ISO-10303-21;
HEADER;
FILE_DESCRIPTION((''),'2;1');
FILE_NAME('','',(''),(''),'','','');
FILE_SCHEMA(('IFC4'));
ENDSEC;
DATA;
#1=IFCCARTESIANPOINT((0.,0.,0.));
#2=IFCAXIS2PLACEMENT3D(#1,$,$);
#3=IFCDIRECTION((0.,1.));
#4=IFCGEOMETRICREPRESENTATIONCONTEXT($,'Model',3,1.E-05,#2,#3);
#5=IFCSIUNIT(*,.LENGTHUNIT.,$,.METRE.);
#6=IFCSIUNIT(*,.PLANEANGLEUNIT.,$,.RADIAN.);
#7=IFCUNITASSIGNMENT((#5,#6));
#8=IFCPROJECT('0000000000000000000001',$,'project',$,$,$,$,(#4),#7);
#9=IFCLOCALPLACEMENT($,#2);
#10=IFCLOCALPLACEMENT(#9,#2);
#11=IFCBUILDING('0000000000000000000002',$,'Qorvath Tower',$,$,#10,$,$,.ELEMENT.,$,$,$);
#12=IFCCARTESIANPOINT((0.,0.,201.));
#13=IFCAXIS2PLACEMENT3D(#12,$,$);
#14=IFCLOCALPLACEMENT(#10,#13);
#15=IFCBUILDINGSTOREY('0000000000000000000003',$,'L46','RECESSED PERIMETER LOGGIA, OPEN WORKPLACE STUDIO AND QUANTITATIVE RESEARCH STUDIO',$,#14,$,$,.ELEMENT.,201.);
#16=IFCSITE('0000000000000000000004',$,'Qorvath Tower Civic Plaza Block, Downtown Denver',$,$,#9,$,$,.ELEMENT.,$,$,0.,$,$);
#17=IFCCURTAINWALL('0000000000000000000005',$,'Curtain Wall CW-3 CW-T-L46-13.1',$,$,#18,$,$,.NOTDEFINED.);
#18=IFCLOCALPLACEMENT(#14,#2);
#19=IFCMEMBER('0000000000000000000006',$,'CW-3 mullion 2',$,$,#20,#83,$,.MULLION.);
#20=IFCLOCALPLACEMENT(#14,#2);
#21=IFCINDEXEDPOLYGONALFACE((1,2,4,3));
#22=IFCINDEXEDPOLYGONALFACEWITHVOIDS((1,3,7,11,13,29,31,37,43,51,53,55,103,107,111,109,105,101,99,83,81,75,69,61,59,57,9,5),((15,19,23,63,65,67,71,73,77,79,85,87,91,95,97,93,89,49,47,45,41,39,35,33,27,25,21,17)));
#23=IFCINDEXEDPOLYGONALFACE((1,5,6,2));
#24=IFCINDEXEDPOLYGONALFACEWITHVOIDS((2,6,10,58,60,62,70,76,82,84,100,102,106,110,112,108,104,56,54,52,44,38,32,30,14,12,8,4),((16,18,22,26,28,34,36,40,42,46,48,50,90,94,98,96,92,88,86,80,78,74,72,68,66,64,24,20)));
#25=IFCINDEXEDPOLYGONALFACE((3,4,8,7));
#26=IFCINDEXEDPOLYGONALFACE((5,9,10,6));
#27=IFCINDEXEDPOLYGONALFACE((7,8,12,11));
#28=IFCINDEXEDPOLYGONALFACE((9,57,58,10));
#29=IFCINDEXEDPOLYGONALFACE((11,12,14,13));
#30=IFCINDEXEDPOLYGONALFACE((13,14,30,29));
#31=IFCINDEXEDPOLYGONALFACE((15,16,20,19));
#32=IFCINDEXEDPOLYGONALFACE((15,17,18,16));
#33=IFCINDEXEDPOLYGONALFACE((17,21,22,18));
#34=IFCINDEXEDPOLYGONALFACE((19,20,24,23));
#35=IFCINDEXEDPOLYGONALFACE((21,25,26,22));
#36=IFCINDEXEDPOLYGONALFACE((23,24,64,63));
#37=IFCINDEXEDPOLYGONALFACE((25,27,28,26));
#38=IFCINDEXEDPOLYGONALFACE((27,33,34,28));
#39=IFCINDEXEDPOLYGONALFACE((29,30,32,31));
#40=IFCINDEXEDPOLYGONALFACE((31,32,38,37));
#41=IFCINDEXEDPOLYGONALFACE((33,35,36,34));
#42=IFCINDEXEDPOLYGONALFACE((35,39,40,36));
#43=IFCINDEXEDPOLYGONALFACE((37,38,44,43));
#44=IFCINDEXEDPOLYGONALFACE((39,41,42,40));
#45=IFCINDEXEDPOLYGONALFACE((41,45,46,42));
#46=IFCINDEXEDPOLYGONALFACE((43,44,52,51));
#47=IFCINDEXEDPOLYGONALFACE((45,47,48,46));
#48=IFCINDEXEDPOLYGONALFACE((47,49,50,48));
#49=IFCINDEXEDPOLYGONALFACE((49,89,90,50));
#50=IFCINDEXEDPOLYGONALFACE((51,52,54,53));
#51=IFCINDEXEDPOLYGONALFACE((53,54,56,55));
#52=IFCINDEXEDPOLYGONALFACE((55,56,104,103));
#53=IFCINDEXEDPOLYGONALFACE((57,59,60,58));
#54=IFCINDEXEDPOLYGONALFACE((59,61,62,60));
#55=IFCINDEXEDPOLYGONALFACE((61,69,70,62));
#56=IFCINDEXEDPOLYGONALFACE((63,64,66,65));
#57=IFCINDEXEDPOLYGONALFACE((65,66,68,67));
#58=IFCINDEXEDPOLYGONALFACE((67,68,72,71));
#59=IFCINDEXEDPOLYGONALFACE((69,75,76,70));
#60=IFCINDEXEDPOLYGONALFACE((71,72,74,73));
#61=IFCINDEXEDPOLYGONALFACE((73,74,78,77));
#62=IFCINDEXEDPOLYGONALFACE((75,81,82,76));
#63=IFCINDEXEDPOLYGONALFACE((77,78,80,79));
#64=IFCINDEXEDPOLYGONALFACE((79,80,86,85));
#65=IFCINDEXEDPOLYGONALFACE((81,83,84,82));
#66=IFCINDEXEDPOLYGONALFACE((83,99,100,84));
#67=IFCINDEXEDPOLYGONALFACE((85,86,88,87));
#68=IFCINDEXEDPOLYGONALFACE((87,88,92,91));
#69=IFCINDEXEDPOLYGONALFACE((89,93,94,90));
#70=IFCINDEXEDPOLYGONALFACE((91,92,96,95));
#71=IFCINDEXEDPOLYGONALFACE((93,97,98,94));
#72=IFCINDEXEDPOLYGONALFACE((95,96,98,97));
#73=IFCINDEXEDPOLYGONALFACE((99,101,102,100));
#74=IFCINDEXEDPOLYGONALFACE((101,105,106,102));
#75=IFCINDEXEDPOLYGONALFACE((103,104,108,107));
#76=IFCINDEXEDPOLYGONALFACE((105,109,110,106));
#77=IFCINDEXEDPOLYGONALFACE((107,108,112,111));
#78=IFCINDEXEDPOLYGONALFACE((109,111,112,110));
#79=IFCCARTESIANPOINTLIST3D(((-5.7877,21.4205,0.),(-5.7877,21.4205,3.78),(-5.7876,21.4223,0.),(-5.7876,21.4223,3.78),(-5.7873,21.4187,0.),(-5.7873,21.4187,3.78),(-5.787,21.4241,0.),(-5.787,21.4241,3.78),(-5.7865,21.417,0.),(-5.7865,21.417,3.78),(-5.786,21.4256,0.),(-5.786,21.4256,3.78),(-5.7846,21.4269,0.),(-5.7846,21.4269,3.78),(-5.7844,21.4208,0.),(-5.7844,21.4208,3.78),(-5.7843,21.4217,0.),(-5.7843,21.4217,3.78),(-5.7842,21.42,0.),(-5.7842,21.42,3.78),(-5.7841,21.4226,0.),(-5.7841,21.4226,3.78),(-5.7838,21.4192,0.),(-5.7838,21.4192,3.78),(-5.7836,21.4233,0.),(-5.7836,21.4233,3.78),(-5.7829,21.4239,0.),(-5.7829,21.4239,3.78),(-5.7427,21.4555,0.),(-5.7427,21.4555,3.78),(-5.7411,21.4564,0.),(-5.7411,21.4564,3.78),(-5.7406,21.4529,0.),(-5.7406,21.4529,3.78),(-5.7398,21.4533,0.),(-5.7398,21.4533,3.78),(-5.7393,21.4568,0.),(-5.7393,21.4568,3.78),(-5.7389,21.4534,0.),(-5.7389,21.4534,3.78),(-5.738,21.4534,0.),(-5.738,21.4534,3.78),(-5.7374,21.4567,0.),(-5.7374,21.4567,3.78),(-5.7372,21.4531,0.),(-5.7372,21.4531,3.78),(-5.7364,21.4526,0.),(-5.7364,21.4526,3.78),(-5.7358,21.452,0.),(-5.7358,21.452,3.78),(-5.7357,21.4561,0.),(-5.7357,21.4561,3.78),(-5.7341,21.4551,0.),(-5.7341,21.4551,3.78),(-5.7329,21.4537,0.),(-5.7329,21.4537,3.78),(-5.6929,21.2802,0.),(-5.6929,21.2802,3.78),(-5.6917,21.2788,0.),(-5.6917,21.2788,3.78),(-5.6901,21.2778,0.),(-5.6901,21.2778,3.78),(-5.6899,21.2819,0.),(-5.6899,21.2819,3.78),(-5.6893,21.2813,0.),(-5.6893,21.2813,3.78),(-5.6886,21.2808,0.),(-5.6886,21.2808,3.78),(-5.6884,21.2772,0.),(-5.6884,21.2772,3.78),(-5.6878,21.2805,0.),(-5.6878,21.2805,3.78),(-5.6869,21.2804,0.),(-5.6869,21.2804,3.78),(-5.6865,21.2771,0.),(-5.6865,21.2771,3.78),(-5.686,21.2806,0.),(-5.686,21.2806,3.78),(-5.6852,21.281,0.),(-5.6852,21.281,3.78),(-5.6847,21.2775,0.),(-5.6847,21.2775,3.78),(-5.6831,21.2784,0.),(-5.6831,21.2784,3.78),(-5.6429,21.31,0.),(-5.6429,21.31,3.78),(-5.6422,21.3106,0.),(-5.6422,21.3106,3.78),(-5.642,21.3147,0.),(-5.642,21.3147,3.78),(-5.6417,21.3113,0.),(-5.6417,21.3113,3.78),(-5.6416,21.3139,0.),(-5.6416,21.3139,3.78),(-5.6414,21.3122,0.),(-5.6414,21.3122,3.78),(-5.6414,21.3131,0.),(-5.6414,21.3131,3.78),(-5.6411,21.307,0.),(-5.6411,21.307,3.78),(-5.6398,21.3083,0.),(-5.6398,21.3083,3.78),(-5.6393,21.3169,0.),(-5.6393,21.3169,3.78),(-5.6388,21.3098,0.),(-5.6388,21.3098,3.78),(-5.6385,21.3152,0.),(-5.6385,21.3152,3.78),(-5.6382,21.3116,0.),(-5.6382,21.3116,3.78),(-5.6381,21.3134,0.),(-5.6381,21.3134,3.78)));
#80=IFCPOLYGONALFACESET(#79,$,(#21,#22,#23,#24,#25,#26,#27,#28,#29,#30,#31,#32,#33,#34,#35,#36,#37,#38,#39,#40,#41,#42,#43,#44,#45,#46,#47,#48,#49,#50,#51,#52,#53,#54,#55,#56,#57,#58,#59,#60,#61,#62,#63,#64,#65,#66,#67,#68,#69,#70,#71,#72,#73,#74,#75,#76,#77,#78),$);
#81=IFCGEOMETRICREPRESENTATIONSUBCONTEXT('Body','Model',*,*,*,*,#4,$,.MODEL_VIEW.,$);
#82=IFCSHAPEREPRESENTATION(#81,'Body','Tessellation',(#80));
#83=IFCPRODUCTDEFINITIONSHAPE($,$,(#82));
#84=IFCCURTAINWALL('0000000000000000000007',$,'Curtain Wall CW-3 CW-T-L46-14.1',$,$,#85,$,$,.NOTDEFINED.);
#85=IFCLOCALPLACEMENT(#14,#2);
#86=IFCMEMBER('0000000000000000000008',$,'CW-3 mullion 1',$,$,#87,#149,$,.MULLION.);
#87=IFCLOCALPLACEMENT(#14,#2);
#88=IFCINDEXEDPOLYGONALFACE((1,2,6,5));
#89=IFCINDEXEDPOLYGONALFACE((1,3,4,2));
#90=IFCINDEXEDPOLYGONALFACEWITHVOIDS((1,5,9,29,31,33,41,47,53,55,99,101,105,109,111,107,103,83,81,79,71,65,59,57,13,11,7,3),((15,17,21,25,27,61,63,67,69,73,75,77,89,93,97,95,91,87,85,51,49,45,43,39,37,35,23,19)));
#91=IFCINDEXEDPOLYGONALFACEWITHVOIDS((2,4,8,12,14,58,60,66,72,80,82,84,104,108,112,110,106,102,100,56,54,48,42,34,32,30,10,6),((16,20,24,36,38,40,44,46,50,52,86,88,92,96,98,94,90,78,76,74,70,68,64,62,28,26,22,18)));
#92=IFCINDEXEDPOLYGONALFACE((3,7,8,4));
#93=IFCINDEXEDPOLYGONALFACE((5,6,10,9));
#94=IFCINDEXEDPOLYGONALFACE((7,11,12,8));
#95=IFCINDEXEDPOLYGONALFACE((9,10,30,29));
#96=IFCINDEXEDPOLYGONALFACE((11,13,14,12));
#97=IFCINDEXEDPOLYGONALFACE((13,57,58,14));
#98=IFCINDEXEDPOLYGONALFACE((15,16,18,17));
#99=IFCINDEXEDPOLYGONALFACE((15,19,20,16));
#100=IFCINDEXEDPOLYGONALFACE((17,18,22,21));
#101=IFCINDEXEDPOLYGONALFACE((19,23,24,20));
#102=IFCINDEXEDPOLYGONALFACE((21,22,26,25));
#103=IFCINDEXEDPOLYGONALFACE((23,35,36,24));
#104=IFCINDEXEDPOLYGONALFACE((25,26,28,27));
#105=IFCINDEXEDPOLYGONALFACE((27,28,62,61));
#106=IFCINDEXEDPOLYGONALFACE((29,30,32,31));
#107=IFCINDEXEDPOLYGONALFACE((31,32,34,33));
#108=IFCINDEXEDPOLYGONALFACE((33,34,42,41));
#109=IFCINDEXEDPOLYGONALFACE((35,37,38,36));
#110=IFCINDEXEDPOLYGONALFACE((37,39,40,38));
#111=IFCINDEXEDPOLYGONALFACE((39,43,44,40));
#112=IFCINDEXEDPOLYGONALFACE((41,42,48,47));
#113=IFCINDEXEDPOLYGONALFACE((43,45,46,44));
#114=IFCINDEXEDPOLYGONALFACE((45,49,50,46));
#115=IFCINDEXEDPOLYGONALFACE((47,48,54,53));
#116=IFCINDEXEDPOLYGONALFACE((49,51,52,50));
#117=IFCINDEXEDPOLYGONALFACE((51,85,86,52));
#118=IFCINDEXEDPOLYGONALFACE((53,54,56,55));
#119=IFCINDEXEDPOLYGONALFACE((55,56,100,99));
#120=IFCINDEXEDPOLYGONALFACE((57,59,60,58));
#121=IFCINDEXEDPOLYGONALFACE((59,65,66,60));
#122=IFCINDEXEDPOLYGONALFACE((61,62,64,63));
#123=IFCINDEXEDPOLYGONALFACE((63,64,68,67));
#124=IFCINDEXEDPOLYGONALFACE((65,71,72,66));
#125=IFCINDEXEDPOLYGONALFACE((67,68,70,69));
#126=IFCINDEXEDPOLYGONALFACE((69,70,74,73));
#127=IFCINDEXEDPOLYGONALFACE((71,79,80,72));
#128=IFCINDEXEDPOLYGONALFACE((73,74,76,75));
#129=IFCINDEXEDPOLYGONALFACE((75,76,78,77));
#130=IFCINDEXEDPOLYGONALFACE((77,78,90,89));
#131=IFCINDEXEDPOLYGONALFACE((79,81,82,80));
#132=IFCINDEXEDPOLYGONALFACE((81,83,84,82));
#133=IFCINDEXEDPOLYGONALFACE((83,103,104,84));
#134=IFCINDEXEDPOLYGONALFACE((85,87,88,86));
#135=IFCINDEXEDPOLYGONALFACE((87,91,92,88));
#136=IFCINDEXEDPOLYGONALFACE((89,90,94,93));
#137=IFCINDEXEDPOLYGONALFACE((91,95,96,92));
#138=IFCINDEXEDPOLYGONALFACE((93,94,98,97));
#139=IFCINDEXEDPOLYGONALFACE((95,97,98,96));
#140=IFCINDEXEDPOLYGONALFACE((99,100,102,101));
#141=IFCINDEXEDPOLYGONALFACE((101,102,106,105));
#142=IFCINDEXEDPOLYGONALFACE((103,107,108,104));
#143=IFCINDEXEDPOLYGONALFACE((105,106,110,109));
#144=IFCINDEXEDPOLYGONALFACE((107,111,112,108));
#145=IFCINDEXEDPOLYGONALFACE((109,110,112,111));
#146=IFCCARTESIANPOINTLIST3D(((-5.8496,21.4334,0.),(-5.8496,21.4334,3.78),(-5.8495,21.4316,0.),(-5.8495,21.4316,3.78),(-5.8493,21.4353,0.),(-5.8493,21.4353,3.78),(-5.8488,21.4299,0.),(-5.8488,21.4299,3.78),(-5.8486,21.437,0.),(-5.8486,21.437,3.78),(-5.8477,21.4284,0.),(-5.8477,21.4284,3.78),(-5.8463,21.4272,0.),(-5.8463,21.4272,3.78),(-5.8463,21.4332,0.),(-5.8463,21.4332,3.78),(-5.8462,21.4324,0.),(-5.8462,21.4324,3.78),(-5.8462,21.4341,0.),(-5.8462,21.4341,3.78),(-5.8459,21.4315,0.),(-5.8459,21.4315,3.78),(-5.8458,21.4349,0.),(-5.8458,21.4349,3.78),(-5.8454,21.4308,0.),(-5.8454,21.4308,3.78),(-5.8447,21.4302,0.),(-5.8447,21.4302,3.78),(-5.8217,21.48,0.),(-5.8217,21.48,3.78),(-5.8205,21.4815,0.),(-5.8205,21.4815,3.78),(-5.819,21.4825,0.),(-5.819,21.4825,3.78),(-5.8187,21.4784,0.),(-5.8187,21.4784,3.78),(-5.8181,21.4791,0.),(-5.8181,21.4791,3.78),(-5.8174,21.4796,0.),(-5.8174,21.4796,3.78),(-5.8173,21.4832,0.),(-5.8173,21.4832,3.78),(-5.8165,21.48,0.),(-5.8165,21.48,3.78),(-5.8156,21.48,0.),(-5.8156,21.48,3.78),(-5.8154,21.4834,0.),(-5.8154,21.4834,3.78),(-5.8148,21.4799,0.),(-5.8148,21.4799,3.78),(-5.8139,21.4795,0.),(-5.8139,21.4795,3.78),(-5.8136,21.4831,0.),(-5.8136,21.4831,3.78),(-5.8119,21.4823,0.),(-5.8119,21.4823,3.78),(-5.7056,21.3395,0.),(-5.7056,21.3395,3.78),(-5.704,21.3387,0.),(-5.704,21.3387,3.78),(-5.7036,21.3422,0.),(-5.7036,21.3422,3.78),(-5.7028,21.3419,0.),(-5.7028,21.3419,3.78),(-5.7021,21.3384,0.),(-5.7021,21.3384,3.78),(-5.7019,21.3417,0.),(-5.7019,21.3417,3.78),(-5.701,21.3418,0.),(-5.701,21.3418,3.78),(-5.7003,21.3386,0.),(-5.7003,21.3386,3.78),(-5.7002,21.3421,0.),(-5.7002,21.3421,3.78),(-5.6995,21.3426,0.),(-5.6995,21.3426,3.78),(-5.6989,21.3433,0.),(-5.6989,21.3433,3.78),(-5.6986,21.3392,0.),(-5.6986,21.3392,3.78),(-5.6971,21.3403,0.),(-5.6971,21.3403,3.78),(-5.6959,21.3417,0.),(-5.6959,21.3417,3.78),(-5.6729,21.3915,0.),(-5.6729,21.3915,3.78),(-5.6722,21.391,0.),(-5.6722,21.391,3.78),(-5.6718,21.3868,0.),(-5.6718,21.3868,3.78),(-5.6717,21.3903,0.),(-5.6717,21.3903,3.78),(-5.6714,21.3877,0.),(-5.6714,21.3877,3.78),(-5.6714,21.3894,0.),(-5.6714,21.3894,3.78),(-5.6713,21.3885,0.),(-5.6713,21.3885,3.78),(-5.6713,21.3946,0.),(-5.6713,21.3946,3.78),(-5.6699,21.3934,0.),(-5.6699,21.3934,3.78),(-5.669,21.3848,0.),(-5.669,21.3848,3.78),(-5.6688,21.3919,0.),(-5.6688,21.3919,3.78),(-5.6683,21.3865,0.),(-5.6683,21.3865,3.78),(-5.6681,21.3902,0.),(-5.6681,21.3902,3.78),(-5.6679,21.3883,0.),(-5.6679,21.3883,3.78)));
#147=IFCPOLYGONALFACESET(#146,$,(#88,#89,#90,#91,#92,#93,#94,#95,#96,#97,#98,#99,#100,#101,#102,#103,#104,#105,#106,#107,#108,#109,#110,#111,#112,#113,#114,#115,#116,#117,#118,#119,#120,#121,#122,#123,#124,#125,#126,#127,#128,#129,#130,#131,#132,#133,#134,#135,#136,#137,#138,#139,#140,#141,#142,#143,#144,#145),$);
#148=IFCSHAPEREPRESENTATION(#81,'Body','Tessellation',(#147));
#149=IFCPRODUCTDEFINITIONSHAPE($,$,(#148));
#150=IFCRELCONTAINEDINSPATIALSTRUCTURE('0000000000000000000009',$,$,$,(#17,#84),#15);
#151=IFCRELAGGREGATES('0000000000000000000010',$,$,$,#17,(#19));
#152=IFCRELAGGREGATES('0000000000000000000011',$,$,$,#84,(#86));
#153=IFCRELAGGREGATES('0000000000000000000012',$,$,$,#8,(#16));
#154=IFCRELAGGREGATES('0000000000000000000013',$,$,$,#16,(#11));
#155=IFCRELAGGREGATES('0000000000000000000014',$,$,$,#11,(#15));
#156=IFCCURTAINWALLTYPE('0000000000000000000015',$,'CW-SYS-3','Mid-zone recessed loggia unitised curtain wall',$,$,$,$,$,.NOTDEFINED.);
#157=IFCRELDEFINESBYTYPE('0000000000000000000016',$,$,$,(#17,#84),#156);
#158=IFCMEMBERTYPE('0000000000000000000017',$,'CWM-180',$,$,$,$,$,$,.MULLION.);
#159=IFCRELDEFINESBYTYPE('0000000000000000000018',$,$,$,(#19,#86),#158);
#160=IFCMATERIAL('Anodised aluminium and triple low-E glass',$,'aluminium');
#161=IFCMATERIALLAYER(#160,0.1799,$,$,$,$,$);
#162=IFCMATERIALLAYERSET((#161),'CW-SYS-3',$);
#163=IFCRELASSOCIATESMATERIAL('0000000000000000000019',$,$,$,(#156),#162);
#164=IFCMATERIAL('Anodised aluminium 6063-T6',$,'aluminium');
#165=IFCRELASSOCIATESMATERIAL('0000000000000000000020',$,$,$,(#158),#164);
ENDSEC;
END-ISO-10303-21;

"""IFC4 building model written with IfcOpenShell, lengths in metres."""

from ifc_helpers import new_model, si_unit, direction, frame, origin, origin_2d, place, context, subcontext, project, spatial, hollow_rectangle, extrude, material, layer, layer_set, material_profile, profile_set, type_object, element, aggregate, save


model = new_model("IFC4")

# Units and contexts
model_context = context("Model", 3, precision=1e-05, world=origin(), true_north=direction((0.0, 1.0)))
body_context = subcontext(model_context, "Body", "Model", "MODEL_VIEW")
ifc_project = project(units=[si_unit("LENGTHUNIT", "METRE"), si_unit("PLANEANGLEUNIT", "RADIAN")], contexts=[model_context])

# Site, building, storey
site_placement = place(None, origin())
site = spatial("IfcSite", under=ifc_project, at=site_placement, Name="Qorvath Tower Civic Plaza Block, Downtown Denver", CompositionType="ELEMENT", RefElevation=0.0)
building_placement = place(site_placement, origin())
building = spatial("IfcBuilding", under=site, at=building_placement, Name="Qorvath Tower", CompositionType="ELEMENT")
storey_placement = place(building_placement, frame((0.0, 0.0, 201.0)))
storey = spatial("IfcBuildingStorey", under=building, at=storey_placement, Name="L46", Description="RECESSED PERIMETER LOGGIA, OPEN WORKPLACE STUDIO AND QUANTITATIVE RESEARCH STUDIO", CompositionType="ELEMENT", Elevation=201.0)

# Shared definitions
ifc_material_1 = material(Name="Anodised aluminium and triple low-E glass", Category="aluminium")
ifc_layer_1 = layer(ifc_material_1, 0.1799)
ifc_layer_set_1 = layer_set([ifc_layer_1], Name="CW-SYS-3")
curtain_wall_type = type_object("IfcCurtainWallType", Name="CW-SYS-3", Description="Mid-zone recessed loggia unitised curtain wall", PredefinedType="NOTDEFINED", material=ifc_layer_set_1)
ifc_material_2 = material(Name="Anodised aluminium 6063-T6", Category="aluminium")
ifc_material_profile_1 = material_profile(ifc_material_2, hollow_rectangle(XDim=0.0649, YDim=0.1799, WallThickness=0.0034, InnerFilletRadius=0.0034, OuterFilletRadius=0.0071, at=origin_2d()), Name="CWM 180x65")
ifc_profile_set_1 = profile_set([ifc_material_profile_1], Name="Anodised aluminium 6063-T6")
member_type_1 = type_object("IfcMemberType", Name="CWM-180", PredefinedType="MULLION", material=ifc_profile_set_1)

# Curtain walls, members
curtain_wall_1_placement = place(storey_placement, origin())
curtain_wall_1 = element("IfcCurtainWall", 1, at=curtain_wall_1_placement, inside=storey, type_object=curtain_wall_type, Name="Curtain Wall CW-3 CW-T-L46-13.1", PredefinedType="NOTDEFINED")
member_1_placement = place(storey_placement, frame((-5.7129, 21.3669, 0.0), z_axis=(0.0, 0.0, 1.0), x_axis=(-0.825425, -0.564512, 0.0)))
member_1 = element("IfcMember", 2, at=member_1_placement, type_object=member_type_1, Name="CW-3 mullion 2", PredefinedType="MULLION", context=body_context, shape_type="SweptSolid", body=[
    extrude(hollow_rectangle(XDim=0.0649, YDim=0.1799, WallThickness=0.0034, InnerFilletRadius=0.0034, OuterFilletRadius=0.0071, at=origin_2d()), origin(), (0.0, 0.0, 1.0), 3.78),
])
curtain_wall_2_placement = place(storey_placement, origin())
curtain_wall_2 = element("IfcCurtainWall", 3, at=curtain_wall_2_placement, inside=storey, type_object=curtain_wall_type, Name="Curtain Wall CW-3 CW-T-L46-14.1", PredefinedType="NOTDEFINED")
member_2_placement = place(storey_placement, frame((-5.7588, 21.4109, 0.0), z_axis=(0.0, 0.0, 1.0), x_axis=(-0.529206, -0.848493, 0.0)))
member_2 = element("IfcMember", 4, at=member_2_placement, type_object=member_type_1, Name="CW-3 mullion 1", PredefinedType="MULLION", context=body_context, shape_type="SweptSolid", body=[
    extrude(hollow_rectangle(XDim=0.0649, YDim=0.1799, WallThickness=0.0034, InnerFilletRadius=0.0034, OuterFilletRadius=0.0071, at=origin_2d()), origin(), (0.0, 0.0, 1.0), 3.78),
])

aggregate(curtain_wall_1, [member_1])
aggregate(curtain_wall_2, [member_2])

save(model, "model.ifc")
